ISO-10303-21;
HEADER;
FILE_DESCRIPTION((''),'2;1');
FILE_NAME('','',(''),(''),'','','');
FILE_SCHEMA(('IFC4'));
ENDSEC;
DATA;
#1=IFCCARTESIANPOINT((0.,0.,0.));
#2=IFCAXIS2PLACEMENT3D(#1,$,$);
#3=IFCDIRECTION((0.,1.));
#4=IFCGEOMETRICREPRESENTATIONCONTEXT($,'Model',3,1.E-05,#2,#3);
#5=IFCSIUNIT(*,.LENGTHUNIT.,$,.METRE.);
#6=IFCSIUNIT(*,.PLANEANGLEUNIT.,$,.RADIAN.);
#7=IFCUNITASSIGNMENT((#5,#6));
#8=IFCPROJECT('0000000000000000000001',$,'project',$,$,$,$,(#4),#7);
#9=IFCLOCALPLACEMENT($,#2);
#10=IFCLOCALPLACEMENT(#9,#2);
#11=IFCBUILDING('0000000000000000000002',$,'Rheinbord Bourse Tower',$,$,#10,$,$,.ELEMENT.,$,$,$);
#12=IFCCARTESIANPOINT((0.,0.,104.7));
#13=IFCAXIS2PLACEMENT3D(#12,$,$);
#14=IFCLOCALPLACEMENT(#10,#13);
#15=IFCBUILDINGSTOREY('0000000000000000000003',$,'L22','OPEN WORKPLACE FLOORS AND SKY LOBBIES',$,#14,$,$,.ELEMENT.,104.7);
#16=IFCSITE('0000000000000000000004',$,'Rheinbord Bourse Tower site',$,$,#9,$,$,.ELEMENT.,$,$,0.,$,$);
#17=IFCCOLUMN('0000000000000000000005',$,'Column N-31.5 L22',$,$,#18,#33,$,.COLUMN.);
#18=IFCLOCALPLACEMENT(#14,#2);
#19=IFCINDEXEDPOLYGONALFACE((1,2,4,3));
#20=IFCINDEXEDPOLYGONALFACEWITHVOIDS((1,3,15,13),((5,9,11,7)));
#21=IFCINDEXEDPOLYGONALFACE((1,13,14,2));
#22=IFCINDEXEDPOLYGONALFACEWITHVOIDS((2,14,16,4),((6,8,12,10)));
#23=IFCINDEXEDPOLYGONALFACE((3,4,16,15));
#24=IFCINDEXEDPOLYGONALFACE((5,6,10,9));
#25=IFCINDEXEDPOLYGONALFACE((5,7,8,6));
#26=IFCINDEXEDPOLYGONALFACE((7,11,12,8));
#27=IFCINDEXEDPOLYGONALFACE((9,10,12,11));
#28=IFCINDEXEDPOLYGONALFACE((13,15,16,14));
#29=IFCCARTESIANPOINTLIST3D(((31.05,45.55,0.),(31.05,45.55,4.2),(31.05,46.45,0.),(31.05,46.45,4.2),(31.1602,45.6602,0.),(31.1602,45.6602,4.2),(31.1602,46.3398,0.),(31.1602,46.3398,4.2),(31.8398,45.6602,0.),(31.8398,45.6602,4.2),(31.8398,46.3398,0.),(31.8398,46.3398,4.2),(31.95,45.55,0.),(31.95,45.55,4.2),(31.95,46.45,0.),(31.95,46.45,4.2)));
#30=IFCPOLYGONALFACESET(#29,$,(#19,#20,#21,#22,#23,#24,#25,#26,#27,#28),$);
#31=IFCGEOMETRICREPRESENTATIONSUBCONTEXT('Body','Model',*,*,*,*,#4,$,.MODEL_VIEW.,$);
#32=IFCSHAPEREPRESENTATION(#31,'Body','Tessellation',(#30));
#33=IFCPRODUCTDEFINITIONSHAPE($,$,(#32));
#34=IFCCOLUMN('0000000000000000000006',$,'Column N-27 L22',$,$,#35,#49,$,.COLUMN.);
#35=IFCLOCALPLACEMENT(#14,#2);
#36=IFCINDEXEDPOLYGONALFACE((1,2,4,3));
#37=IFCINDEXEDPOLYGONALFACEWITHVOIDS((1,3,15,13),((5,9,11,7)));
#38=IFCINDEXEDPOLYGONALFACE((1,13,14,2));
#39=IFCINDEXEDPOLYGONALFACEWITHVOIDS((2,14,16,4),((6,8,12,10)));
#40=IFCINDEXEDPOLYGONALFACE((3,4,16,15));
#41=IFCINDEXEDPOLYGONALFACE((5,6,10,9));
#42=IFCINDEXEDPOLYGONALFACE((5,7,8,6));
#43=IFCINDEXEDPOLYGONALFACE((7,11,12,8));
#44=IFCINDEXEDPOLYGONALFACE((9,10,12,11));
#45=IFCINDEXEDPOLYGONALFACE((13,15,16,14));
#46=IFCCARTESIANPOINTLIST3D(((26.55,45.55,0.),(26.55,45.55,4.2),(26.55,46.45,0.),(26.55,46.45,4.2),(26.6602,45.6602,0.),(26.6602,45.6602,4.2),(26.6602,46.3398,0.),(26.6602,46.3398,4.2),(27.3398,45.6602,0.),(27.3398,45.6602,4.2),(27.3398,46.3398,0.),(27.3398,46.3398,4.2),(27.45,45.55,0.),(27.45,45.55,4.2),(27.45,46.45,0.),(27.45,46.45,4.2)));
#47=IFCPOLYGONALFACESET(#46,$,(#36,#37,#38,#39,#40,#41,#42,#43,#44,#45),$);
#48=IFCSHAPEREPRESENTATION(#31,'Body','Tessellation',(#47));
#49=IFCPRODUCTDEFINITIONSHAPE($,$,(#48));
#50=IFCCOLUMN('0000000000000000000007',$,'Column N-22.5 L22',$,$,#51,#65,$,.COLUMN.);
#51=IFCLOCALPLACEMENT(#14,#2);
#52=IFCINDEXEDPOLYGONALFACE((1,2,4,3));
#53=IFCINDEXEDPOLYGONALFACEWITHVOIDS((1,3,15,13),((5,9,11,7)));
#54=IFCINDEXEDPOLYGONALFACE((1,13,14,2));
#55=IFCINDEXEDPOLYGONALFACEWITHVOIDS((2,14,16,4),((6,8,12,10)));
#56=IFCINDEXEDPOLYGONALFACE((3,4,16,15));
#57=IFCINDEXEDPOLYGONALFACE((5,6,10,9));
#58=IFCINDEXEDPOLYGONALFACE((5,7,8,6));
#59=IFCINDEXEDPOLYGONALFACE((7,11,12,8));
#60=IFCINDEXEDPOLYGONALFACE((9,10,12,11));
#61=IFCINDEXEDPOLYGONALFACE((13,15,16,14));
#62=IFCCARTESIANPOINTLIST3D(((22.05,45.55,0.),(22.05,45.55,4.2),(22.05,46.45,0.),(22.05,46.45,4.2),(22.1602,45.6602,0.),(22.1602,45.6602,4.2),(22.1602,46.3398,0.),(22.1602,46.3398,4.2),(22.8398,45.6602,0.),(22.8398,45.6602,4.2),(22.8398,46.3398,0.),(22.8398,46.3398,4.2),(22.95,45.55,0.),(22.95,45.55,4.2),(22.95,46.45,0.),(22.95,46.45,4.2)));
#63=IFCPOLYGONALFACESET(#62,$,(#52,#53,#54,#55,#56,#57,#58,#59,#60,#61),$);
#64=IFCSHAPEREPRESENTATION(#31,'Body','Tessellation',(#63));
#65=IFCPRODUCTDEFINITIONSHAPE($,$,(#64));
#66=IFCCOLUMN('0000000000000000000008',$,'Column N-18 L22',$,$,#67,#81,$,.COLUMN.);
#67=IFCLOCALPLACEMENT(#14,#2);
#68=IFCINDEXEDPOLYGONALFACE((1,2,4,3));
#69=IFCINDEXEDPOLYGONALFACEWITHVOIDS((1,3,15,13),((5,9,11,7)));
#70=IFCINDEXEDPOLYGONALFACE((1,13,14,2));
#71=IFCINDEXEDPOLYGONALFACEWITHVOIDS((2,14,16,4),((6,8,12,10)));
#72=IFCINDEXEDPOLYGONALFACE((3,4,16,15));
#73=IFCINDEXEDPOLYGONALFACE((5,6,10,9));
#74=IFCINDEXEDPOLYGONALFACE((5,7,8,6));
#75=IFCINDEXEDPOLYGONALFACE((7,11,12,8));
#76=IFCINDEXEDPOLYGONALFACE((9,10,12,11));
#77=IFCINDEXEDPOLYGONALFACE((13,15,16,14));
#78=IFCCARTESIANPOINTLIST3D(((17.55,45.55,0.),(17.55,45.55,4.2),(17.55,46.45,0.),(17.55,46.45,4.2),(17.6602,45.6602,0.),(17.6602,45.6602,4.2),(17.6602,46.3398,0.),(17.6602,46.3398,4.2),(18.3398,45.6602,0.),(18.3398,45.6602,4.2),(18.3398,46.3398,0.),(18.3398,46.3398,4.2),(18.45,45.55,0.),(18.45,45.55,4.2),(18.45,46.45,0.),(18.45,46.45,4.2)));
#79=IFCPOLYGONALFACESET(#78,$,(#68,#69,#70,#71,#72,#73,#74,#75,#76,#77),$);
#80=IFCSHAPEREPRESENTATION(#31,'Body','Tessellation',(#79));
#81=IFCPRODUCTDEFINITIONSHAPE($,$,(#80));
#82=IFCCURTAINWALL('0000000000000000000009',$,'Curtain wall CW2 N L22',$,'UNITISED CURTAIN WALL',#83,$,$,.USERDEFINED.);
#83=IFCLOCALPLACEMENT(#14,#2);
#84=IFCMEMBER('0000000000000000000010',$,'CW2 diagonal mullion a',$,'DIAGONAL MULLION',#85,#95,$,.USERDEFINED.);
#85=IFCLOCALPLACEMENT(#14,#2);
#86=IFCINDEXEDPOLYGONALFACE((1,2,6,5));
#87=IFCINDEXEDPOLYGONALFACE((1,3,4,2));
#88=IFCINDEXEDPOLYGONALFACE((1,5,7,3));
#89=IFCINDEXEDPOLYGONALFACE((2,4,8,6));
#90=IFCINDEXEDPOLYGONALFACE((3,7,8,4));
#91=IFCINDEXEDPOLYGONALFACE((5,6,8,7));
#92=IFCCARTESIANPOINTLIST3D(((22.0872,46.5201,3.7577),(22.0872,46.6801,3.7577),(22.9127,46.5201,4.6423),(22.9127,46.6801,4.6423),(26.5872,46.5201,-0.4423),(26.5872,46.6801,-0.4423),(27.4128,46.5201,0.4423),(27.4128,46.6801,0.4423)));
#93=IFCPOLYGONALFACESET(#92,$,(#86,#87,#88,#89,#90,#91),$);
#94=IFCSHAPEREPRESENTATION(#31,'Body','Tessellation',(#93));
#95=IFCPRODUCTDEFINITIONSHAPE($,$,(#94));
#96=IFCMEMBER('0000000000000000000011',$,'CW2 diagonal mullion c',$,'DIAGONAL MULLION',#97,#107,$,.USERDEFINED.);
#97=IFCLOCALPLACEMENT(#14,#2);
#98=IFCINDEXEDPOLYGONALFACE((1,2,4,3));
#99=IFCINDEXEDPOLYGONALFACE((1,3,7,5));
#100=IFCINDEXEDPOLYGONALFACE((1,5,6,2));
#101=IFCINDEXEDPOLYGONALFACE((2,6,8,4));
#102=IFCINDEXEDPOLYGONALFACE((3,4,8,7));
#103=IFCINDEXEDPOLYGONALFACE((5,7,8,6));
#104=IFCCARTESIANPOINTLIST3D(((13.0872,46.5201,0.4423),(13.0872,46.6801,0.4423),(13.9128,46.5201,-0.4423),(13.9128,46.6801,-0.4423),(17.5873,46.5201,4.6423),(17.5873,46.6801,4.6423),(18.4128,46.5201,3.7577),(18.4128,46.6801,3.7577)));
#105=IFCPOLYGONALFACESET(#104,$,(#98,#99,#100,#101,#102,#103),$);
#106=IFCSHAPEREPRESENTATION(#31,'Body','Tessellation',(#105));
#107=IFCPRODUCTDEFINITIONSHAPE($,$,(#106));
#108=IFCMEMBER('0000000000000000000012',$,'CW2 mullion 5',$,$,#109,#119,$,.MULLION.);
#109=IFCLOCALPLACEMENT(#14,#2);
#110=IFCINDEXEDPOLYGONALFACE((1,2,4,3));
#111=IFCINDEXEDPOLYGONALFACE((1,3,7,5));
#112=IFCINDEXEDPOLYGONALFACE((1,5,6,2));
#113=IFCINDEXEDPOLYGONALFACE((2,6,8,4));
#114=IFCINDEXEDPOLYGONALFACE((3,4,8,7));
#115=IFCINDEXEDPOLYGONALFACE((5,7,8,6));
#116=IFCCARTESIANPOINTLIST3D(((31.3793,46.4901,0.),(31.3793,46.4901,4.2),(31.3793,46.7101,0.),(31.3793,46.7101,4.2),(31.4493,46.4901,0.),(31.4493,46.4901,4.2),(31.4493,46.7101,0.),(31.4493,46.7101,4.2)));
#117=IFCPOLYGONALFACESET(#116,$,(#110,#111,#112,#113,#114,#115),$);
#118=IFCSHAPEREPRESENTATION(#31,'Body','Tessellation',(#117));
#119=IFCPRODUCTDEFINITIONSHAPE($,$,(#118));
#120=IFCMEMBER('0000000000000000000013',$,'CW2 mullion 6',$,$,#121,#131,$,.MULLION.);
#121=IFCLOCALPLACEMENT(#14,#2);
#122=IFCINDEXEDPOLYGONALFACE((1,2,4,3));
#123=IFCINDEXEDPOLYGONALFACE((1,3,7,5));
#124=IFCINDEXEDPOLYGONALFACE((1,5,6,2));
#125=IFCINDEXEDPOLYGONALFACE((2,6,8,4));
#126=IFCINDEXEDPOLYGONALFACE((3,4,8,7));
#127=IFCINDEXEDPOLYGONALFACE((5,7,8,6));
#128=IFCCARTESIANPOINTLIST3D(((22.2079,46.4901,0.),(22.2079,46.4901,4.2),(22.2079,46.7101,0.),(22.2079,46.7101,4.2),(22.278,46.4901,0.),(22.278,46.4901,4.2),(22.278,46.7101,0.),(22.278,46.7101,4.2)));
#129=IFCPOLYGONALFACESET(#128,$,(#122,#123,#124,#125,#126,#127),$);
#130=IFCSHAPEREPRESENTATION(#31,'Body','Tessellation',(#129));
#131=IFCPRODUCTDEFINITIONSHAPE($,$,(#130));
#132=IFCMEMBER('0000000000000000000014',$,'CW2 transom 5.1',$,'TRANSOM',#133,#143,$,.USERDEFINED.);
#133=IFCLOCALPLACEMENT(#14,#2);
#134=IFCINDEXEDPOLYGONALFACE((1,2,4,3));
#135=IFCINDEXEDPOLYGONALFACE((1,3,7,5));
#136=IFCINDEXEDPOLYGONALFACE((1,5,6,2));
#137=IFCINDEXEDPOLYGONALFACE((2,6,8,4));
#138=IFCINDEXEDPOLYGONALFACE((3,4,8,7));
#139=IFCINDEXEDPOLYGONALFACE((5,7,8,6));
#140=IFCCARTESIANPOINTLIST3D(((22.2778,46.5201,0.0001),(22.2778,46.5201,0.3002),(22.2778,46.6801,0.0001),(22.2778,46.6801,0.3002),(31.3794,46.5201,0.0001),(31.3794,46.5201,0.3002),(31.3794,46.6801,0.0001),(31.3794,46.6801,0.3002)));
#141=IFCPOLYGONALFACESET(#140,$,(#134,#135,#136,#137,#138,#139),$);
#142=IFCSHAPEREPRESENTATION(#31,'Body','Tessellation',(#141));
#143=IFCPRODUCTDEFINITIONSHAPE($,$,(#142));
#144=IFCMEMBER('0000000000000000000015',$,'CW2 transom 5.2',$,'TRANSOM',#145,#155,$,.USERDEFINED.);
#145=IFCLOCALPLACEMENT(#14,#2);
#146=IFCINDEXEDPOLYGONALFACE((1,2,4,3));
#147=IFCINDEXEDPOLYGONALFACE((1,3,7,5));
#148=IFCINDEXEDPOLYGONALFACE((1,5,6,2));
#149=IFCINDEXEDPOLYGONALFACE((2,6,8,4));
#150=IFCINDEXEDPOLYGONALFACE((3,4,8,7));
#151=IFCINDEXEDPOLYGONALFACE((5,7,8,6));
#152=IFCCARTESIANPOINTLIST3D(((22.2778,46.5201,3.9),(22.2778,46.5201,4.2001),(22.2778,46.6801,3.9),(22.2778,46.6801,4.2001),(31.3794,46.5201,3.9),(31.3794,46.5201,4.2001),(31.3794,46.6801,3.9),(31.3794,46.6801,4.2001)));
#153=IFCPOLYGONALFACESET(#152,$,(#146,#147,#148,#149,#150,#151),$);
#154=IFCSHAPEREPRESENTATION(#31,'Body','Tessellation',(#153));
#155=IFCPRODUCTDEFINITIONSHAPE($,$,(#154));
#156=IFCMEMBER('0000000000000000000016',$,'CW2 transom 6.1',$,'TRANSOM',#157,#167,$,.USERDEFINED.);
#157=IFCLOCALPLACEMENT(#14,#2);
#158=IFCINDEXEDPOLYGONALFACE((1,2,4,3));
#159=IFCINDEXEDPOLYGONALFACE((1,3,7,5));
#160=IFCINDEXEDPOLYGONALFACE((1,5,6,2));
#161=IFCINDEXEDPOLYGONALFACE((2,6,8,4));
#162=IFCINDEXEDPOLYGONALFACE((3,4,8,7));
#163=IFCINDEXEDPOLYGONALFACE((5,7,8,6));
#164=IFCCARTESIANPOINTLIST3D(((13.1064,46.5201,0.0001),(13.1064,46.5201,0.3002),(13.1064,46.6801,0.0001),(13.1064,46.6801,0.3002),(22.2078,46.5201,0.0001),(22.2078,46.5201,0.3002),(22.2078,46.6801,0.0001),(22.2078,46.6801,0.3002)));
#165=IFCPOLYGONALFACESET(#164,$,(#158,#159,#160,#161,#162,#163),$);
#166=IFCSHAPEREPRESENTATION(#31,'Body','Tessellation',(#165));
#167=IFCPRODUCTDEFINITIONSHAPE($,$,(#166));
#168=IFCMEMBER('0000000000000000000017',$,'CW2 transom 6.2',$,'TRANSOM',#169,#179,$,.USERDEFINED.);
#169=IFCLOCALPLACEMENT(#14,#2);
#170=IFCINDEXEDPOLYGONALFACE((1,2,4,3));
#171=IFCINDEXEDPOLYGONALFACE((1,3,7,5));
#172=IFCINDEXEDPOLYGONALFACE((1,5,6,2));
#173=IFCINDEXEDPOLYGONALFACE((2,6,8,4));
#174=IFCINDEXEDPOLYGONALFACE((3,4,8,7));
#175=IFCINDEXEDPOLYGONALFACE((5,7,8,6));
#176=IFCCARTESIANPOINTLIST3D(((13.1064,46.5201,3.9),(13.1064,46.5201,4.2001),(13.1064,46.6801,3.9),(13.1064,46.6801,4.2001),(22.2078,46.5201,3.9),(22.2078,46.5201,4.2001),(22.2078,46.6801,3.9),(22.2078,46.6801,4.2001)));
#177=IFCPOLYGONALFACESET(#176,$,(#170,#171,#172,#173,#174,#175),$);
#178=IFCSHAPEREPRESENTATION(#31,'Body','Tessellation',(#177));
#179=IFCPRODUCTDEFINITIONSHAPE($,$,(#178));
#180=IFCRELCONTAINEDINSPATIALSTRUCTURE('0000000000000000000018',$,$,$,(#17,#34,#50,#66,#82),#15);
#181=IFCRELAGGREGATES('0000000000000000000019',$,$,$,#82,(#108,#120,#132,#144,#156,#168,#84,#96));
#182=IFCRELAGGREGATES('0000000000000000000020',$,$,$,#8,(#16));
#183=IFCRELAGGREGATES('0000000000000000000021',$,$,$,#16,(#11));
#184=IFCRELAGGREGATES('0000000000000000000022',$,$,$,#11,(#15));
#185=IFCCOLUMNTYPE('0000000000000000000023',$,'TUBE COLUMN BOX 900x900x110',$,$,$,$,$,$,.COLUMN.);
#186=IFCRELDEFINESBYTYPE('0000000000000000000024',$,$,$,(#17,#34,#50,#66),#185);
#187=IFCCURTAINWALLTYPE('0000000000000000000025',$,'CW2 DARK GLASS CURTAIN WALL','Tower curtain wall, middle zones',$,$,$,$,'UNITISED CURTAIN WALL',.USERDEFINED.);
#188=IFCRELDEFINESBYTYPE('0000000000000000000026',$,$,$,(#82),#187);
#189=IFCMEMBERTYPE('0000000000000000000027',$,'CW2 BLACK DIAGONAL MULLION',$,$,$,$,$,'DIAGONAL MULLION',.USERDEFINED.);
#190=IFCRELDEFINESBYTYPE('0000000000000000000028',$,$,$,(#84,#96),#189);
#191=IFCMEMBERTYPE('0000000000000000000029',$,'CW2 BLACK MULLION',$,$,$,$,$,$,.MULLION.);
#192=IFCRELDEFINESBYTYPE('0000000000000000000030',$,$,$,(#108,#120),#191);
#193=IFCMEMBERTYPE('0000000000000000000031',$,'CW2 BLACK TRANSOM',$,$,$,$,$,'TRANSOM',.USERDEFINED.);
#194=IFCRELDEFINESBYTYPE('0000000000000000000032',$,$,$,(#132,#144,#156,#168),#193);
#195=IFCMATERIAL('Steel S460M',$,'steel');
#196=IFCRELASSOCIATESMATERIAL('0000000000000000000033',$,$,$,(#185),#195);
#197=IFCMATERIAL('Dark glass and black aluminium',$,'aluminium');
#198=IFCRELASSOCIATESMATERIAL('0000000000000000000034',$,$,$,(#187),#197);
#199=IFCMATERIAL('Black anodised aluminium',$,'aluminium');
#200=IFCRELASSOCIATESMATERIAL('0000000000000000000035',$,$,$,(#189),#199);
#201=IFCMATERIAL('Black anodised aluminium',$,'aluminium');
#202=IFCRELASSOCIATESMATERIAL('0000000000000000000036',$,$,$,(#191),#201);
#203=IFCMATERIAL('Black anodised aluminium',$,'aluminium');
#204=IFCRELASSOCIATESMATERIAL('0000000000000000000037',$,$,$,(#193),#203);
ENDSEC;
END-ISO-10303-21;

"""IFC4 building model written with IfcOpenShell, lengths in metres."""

from ifc_helpers import new_model, si_unit, direction, frame, origin, origin_2d, place, context, subcontext, project, spatial, rectangle, hollow_rectangle, extrude, material, material_profile, profile_set, type_object, element, aggregate, save


model = new_model("IFC4")

# Units and contexts
model_context = context("Model", 3, precision=1e-05, world=origin(), true_north=direction((0.0, 1.0)))
body_context = subcontext(model_context, "Body", "Model", "MODEL_VIEW")
ifc_project = project(units=[si_unit("LENGTHUNIT", "METRE"), si_unit("PLANEANGLEUNIT", "RADIAN")], contexts=[model_context])

# Site, building, storey
site_placement = place(None, origin())
site = spatial("IfcSite", under=ifc_project, at=site_placement, Name="Rheinbord Bourse Tower site", CompositionType="ELEMENT", RefElevation=0.0)
building_placement = place(site_placement, origin())
building = spatial("IfcBuilding", under=site, at=building_placement, Name="Rheinbord Bourse Tower", CompositionType="ELEMENT")
storey_placement = place(building_placement, frame((0.0, 0.0, 104.7)))
storey = spatial("IfcBuildingStorey", under=building, at=storey_placement, Name="L22", Description="OPEN WORKPLACE FLOORS AND SKY LOBBIES", CompositionType="ELEMENT", Elevation=104.7)

# Columns
ifc_material_1 = material(Name="Steel S460M", Category="steel")
ifc_material_profile_1 = material_profile(ifc_material_1, hollow_rectangle(XDim=0.8999, YDim=0.8999, WallThickness=0.1101, at=origin_2d()), Name="BOX 900x900x110")
ifc_profile_set_1 = profile_set([ifc_material_profile_1], Name="Steel S460M")
column_type = type_object("IfcColumnType", Name="TUBE COLUMN BOX 900x900x110", PredefinedType="COLUMN", material=ifc_profile_set_1)
for number, where, z_axis, x_axis, name in (
    (1, (31.5, 46.0, 0.0), (0.0, 0.0, 1.0), (0.0, 1.0, 0.0), "Column N-31.5 L22"),
    (2, (27.0, 46.0, 0.0), (0.0, 0.0, 1.0), (0.0, 1.0, 0.0), "Column N-27 L22"),
    (3, (22.5, 46.0, 0.0), (0.0, 0.0, 1.0), (0.0, 1.0, 0.0), "Column N-22.5 L22"),
    (4, (18.0, 46.0, 0.0), (0.0, 0.0, 1.0), (0.0, 1.0, 0.0), "Column N-18 L22"),
):
    element("IfcColumn", number, at=place(storey_placement, frame(where, z_axis=z_axis, x_axis=x_axis)), inside=storey, type_object=column_type, Name=name, PredefinedType="COLUMN", context=body_context, shape_type="SweptSolid", body=[
        extrude(hollow_rectangle(XDim=0.8999, YDim=0.8999, WallThickness=0.1101, at=origin_2d()), origin(), (0.0, 0.0, 1.0), 4.2),
    ])

# Curtain wall, members
ifc_material_2 = material(Name="Dark glass and black aluminium", Category="aluminium")
curtain_wall_type = type_object("IfcCurtainWallType", Name="CW2 DARK GLASS CURTAIN WALL", Description="Tower curtain wall, middle zones", ElementType="UNITISED CURTAIN WALL", PredefinedType="USERDEFINED", material=ifc_material_2)
curtain_wall_placement = place(storey_placement, origin())
curtain_wall = element("IfcCurtainWall", 5, at=curtain_wall_placement, inside=storey, type_object=curtain_wall_type, Name="Curtain wall CW2 N L22", ObjectType="UNITISED CURTAIN WALL", PredefinedType="USERDEFINED")
ifc_material_3 = material(Name="Black anodised aluminium", Category="aluminium")
ifc_material_profile_2 = material_profile(ifc_material_3, rectangle(XDim=0.1599, YDim=1.21, at=origin_2d()), Name="CW2 DIAGONAL MULLION 1210x160")
ifc_profile_set_2 = profile_set([ifc_material_profile_2], Name="Black anodised aluminium")
member_type_1 = type_object("IfcMemberType", Name="CW2 BLACK DIAGONAL MULLION", ElementType="DIAGONAL MULLION", PredefinedType="USERDEFINED", material=ifc_profile_set_2)
member_1_placement = place(storey_placement, frame((27.0, 46.6001, 0.0), z_axis=(-0.731059, 0.0, 0.682314), x_axis=(0.0, -1.0, 0.0)))
member_1 = element("IfcMember", 6, at=member_1_placement, type_object=member_type_1, Name="CW2 diagonal mullion a", ObjectType="DIAGONAL MULLION", PredefinedType="USERDEFINED", context=body_context, shape_type="SweptSolid", body=[
    extrude(rectangle(XDim=0.1599, YDim=1.21, at=origin_2d()), origin(), (0.0, 0.0, 1.0), 6.1555),
])
member_2_placement = place(storey_placement, frame((13.5, 46.6001, 0.0), z_axis=(0.731059, 0.0, 0.682314), x_axis=(0.0, 1.0, 0.0)))
member_2 = element("IfcMember", 7, at=member_2_placement, type_object=member_type_1, Name="CW2 diagonal mullion c", ObjectType="DIAGONAL MULLION", PredefinedType="USERDEFINED", context=body_context, shape_type="SweptSolid", body=[
    extrude(rectangle(XDim=0.1599, YDim=1.21, at=origin_2d()), origin(), (0.0, 0.0, 1.0), 6.1555),
])
ifc_material_4 = material(Name="Black anodised aluminium", Category="aluminium")
ifc_material_profile_3 = material_profile(ifc_material_4, rectangle(XDim=0.22, YDim=0.0701, at=origin_2d()), Name="CW2 MULLION 70x220")
ifc_profile_set_3 = profile_set([ifc_material_profile_3], Name="Black anodised aluminium")
member_type_2 = type_object("IfcMemberType", Name="CW2 BLACK MULLION", PredefinedType="MULLION", material=ifc_profile_set_3)
member_3_placement = place(storey_placement, frame((31.4143, 46.6001, 0.0), z_axis=(0.0, 0.0, 1.0), x_axis=(0.0, -1.0, 0.0)))
member_3 = element("IfcMember", 8, at=member_3_placement, type_object=member_type_2, Name="CW2 mullion 5", PredefinedType="MULLION", context=body_context, shape_type="SweptSolid", body=[
    extrude(rectangle(XDim=0.22, YDim=0.0701, at=origin_2d()), origin(), (0.0, 0.0, 1.0), 4.2),
])
member_4_placement = place(storey_placement, frame((22.2429, 46.6001, 0.0), z_axis=(0.0, 0.0, 1.0), x_axis=(0.0, -1.0, 0.0)))
member_4 = element("IfcMember", 9, at=member_4_placement, type_object=member_type_2, Name="CW2 mullion 6", PredefinedType="MULLION", context=body_context, shape_type="SweptSolid", body=[
    extrude(rectangle(XDim=0.22, YDim=0.0701, at=origin_2d()), origin(), (0.0, 0.0, 1.0), 4.2),
])
ifc_material_5 = material(Name="Black anodised aluminium", Category="aluminium")
ifc_material_profile_4 = material_profile(ifc_material_5, rectangle(XDim=0.1599, YDim=0.3, at=origin_2d()), Name="CW2 TRANSOM 300x160")
ifc_profile_set_4 = profile_set([ifc_material_profile_4], Name="Black anodised aluminium")
member_type_3 = type_object("IfcMemberType", Name="CW2 BLACK TRANSOM", ElementType="TRANSOM", PredefinedType="USERDEFINED", material=ifc_profile_set_4)
member_5_placement = place(storey_placement, frame((31.3794, 46.6001, 0.1501), z_axis=(-1.0, 0.0, 0.0), x_axis=(0.0, -1.0, 0.0)))
member_5 = element("IfcMember", 10, at=member_5_placement, type_object=member_type_3, Name="CW2 transom 5.1", ObjectType="TRANSOM", PredefinedType="USERDEFINED", context=body_context, shape_type="SweptSolid", body=[
    extrude(rectangle(XDim=0.1599, YDim=0.3, at=origin_2d()), origin(), (0.0, 0.0, 1.0), 9.1016),
])
member_6_placement = place(storey_placement, frame((31.3794, 46.6001, 4.05), z_axis=(-1.0, 0.0, 0.0), x_axis=(0.0, -1.0, 0.0)))
member_6 = element("IfcMember", 11, at=member_6_placement, type_object=member_type_3, Name="CW2 transom 5.2", ObjectType="TRANSOM", PredefinedType="USERDEFINED", context=body_context, shape_type="SweptSolid", body=[
    extrude(rectangle(XDim=0.1599, YDim=0.3, at=origin_2d()), origin(), (0.0, 0.0, 1.0), 9.1016),
])
member_7_placement = place(storey_placement, frame((22.2078, 46.6001, 0.1501), z_axis=(-1.0, 0.0, 0.0), x_axis=(0.0, -1.0, 0.0)))
member_7 = element("IfcMember", 12, at=member_7_placement, type_object=member_type_3, Name="CW2 transom 6.1", ObjectType="TRANSOM", PredefinedType="USERDEFINED", context=body_context, shape_type="SweptSolid", body=[
    extrude(rectangle(XDim=0.1599, YDim=0.3, at=origin_2d()), origin(), (0.0, 0.0, 1.0), 9.1013),
])
member_8_placement = place(storey_placement, frame((22.2078, 46.6001, 4.05), z_axis=(-1.0, 0.0, 0.0), x_axis=(0.0, -1.0, 0.0)))
member_8 = element("IfcMember", 13, at=member_8_placement, type_object=member_type_3, Name="CW2 transom 6.2", ObjectType="TRANSOM", PredefinedType="USERDEFINED", context=body_context, shape_type="SweptSolid", body=[
    extrude(rectangle(XDim=0.1599, YDim=0.3, at=origin_2d()), origin(), (0.0, 0.0, 1.0), 9.1013),
])

aggregate(curtain_wall, [member_3, member_4, member_5, member_6, member_7, member_8, member_1, member_2])

save(model, "model.ifc")
